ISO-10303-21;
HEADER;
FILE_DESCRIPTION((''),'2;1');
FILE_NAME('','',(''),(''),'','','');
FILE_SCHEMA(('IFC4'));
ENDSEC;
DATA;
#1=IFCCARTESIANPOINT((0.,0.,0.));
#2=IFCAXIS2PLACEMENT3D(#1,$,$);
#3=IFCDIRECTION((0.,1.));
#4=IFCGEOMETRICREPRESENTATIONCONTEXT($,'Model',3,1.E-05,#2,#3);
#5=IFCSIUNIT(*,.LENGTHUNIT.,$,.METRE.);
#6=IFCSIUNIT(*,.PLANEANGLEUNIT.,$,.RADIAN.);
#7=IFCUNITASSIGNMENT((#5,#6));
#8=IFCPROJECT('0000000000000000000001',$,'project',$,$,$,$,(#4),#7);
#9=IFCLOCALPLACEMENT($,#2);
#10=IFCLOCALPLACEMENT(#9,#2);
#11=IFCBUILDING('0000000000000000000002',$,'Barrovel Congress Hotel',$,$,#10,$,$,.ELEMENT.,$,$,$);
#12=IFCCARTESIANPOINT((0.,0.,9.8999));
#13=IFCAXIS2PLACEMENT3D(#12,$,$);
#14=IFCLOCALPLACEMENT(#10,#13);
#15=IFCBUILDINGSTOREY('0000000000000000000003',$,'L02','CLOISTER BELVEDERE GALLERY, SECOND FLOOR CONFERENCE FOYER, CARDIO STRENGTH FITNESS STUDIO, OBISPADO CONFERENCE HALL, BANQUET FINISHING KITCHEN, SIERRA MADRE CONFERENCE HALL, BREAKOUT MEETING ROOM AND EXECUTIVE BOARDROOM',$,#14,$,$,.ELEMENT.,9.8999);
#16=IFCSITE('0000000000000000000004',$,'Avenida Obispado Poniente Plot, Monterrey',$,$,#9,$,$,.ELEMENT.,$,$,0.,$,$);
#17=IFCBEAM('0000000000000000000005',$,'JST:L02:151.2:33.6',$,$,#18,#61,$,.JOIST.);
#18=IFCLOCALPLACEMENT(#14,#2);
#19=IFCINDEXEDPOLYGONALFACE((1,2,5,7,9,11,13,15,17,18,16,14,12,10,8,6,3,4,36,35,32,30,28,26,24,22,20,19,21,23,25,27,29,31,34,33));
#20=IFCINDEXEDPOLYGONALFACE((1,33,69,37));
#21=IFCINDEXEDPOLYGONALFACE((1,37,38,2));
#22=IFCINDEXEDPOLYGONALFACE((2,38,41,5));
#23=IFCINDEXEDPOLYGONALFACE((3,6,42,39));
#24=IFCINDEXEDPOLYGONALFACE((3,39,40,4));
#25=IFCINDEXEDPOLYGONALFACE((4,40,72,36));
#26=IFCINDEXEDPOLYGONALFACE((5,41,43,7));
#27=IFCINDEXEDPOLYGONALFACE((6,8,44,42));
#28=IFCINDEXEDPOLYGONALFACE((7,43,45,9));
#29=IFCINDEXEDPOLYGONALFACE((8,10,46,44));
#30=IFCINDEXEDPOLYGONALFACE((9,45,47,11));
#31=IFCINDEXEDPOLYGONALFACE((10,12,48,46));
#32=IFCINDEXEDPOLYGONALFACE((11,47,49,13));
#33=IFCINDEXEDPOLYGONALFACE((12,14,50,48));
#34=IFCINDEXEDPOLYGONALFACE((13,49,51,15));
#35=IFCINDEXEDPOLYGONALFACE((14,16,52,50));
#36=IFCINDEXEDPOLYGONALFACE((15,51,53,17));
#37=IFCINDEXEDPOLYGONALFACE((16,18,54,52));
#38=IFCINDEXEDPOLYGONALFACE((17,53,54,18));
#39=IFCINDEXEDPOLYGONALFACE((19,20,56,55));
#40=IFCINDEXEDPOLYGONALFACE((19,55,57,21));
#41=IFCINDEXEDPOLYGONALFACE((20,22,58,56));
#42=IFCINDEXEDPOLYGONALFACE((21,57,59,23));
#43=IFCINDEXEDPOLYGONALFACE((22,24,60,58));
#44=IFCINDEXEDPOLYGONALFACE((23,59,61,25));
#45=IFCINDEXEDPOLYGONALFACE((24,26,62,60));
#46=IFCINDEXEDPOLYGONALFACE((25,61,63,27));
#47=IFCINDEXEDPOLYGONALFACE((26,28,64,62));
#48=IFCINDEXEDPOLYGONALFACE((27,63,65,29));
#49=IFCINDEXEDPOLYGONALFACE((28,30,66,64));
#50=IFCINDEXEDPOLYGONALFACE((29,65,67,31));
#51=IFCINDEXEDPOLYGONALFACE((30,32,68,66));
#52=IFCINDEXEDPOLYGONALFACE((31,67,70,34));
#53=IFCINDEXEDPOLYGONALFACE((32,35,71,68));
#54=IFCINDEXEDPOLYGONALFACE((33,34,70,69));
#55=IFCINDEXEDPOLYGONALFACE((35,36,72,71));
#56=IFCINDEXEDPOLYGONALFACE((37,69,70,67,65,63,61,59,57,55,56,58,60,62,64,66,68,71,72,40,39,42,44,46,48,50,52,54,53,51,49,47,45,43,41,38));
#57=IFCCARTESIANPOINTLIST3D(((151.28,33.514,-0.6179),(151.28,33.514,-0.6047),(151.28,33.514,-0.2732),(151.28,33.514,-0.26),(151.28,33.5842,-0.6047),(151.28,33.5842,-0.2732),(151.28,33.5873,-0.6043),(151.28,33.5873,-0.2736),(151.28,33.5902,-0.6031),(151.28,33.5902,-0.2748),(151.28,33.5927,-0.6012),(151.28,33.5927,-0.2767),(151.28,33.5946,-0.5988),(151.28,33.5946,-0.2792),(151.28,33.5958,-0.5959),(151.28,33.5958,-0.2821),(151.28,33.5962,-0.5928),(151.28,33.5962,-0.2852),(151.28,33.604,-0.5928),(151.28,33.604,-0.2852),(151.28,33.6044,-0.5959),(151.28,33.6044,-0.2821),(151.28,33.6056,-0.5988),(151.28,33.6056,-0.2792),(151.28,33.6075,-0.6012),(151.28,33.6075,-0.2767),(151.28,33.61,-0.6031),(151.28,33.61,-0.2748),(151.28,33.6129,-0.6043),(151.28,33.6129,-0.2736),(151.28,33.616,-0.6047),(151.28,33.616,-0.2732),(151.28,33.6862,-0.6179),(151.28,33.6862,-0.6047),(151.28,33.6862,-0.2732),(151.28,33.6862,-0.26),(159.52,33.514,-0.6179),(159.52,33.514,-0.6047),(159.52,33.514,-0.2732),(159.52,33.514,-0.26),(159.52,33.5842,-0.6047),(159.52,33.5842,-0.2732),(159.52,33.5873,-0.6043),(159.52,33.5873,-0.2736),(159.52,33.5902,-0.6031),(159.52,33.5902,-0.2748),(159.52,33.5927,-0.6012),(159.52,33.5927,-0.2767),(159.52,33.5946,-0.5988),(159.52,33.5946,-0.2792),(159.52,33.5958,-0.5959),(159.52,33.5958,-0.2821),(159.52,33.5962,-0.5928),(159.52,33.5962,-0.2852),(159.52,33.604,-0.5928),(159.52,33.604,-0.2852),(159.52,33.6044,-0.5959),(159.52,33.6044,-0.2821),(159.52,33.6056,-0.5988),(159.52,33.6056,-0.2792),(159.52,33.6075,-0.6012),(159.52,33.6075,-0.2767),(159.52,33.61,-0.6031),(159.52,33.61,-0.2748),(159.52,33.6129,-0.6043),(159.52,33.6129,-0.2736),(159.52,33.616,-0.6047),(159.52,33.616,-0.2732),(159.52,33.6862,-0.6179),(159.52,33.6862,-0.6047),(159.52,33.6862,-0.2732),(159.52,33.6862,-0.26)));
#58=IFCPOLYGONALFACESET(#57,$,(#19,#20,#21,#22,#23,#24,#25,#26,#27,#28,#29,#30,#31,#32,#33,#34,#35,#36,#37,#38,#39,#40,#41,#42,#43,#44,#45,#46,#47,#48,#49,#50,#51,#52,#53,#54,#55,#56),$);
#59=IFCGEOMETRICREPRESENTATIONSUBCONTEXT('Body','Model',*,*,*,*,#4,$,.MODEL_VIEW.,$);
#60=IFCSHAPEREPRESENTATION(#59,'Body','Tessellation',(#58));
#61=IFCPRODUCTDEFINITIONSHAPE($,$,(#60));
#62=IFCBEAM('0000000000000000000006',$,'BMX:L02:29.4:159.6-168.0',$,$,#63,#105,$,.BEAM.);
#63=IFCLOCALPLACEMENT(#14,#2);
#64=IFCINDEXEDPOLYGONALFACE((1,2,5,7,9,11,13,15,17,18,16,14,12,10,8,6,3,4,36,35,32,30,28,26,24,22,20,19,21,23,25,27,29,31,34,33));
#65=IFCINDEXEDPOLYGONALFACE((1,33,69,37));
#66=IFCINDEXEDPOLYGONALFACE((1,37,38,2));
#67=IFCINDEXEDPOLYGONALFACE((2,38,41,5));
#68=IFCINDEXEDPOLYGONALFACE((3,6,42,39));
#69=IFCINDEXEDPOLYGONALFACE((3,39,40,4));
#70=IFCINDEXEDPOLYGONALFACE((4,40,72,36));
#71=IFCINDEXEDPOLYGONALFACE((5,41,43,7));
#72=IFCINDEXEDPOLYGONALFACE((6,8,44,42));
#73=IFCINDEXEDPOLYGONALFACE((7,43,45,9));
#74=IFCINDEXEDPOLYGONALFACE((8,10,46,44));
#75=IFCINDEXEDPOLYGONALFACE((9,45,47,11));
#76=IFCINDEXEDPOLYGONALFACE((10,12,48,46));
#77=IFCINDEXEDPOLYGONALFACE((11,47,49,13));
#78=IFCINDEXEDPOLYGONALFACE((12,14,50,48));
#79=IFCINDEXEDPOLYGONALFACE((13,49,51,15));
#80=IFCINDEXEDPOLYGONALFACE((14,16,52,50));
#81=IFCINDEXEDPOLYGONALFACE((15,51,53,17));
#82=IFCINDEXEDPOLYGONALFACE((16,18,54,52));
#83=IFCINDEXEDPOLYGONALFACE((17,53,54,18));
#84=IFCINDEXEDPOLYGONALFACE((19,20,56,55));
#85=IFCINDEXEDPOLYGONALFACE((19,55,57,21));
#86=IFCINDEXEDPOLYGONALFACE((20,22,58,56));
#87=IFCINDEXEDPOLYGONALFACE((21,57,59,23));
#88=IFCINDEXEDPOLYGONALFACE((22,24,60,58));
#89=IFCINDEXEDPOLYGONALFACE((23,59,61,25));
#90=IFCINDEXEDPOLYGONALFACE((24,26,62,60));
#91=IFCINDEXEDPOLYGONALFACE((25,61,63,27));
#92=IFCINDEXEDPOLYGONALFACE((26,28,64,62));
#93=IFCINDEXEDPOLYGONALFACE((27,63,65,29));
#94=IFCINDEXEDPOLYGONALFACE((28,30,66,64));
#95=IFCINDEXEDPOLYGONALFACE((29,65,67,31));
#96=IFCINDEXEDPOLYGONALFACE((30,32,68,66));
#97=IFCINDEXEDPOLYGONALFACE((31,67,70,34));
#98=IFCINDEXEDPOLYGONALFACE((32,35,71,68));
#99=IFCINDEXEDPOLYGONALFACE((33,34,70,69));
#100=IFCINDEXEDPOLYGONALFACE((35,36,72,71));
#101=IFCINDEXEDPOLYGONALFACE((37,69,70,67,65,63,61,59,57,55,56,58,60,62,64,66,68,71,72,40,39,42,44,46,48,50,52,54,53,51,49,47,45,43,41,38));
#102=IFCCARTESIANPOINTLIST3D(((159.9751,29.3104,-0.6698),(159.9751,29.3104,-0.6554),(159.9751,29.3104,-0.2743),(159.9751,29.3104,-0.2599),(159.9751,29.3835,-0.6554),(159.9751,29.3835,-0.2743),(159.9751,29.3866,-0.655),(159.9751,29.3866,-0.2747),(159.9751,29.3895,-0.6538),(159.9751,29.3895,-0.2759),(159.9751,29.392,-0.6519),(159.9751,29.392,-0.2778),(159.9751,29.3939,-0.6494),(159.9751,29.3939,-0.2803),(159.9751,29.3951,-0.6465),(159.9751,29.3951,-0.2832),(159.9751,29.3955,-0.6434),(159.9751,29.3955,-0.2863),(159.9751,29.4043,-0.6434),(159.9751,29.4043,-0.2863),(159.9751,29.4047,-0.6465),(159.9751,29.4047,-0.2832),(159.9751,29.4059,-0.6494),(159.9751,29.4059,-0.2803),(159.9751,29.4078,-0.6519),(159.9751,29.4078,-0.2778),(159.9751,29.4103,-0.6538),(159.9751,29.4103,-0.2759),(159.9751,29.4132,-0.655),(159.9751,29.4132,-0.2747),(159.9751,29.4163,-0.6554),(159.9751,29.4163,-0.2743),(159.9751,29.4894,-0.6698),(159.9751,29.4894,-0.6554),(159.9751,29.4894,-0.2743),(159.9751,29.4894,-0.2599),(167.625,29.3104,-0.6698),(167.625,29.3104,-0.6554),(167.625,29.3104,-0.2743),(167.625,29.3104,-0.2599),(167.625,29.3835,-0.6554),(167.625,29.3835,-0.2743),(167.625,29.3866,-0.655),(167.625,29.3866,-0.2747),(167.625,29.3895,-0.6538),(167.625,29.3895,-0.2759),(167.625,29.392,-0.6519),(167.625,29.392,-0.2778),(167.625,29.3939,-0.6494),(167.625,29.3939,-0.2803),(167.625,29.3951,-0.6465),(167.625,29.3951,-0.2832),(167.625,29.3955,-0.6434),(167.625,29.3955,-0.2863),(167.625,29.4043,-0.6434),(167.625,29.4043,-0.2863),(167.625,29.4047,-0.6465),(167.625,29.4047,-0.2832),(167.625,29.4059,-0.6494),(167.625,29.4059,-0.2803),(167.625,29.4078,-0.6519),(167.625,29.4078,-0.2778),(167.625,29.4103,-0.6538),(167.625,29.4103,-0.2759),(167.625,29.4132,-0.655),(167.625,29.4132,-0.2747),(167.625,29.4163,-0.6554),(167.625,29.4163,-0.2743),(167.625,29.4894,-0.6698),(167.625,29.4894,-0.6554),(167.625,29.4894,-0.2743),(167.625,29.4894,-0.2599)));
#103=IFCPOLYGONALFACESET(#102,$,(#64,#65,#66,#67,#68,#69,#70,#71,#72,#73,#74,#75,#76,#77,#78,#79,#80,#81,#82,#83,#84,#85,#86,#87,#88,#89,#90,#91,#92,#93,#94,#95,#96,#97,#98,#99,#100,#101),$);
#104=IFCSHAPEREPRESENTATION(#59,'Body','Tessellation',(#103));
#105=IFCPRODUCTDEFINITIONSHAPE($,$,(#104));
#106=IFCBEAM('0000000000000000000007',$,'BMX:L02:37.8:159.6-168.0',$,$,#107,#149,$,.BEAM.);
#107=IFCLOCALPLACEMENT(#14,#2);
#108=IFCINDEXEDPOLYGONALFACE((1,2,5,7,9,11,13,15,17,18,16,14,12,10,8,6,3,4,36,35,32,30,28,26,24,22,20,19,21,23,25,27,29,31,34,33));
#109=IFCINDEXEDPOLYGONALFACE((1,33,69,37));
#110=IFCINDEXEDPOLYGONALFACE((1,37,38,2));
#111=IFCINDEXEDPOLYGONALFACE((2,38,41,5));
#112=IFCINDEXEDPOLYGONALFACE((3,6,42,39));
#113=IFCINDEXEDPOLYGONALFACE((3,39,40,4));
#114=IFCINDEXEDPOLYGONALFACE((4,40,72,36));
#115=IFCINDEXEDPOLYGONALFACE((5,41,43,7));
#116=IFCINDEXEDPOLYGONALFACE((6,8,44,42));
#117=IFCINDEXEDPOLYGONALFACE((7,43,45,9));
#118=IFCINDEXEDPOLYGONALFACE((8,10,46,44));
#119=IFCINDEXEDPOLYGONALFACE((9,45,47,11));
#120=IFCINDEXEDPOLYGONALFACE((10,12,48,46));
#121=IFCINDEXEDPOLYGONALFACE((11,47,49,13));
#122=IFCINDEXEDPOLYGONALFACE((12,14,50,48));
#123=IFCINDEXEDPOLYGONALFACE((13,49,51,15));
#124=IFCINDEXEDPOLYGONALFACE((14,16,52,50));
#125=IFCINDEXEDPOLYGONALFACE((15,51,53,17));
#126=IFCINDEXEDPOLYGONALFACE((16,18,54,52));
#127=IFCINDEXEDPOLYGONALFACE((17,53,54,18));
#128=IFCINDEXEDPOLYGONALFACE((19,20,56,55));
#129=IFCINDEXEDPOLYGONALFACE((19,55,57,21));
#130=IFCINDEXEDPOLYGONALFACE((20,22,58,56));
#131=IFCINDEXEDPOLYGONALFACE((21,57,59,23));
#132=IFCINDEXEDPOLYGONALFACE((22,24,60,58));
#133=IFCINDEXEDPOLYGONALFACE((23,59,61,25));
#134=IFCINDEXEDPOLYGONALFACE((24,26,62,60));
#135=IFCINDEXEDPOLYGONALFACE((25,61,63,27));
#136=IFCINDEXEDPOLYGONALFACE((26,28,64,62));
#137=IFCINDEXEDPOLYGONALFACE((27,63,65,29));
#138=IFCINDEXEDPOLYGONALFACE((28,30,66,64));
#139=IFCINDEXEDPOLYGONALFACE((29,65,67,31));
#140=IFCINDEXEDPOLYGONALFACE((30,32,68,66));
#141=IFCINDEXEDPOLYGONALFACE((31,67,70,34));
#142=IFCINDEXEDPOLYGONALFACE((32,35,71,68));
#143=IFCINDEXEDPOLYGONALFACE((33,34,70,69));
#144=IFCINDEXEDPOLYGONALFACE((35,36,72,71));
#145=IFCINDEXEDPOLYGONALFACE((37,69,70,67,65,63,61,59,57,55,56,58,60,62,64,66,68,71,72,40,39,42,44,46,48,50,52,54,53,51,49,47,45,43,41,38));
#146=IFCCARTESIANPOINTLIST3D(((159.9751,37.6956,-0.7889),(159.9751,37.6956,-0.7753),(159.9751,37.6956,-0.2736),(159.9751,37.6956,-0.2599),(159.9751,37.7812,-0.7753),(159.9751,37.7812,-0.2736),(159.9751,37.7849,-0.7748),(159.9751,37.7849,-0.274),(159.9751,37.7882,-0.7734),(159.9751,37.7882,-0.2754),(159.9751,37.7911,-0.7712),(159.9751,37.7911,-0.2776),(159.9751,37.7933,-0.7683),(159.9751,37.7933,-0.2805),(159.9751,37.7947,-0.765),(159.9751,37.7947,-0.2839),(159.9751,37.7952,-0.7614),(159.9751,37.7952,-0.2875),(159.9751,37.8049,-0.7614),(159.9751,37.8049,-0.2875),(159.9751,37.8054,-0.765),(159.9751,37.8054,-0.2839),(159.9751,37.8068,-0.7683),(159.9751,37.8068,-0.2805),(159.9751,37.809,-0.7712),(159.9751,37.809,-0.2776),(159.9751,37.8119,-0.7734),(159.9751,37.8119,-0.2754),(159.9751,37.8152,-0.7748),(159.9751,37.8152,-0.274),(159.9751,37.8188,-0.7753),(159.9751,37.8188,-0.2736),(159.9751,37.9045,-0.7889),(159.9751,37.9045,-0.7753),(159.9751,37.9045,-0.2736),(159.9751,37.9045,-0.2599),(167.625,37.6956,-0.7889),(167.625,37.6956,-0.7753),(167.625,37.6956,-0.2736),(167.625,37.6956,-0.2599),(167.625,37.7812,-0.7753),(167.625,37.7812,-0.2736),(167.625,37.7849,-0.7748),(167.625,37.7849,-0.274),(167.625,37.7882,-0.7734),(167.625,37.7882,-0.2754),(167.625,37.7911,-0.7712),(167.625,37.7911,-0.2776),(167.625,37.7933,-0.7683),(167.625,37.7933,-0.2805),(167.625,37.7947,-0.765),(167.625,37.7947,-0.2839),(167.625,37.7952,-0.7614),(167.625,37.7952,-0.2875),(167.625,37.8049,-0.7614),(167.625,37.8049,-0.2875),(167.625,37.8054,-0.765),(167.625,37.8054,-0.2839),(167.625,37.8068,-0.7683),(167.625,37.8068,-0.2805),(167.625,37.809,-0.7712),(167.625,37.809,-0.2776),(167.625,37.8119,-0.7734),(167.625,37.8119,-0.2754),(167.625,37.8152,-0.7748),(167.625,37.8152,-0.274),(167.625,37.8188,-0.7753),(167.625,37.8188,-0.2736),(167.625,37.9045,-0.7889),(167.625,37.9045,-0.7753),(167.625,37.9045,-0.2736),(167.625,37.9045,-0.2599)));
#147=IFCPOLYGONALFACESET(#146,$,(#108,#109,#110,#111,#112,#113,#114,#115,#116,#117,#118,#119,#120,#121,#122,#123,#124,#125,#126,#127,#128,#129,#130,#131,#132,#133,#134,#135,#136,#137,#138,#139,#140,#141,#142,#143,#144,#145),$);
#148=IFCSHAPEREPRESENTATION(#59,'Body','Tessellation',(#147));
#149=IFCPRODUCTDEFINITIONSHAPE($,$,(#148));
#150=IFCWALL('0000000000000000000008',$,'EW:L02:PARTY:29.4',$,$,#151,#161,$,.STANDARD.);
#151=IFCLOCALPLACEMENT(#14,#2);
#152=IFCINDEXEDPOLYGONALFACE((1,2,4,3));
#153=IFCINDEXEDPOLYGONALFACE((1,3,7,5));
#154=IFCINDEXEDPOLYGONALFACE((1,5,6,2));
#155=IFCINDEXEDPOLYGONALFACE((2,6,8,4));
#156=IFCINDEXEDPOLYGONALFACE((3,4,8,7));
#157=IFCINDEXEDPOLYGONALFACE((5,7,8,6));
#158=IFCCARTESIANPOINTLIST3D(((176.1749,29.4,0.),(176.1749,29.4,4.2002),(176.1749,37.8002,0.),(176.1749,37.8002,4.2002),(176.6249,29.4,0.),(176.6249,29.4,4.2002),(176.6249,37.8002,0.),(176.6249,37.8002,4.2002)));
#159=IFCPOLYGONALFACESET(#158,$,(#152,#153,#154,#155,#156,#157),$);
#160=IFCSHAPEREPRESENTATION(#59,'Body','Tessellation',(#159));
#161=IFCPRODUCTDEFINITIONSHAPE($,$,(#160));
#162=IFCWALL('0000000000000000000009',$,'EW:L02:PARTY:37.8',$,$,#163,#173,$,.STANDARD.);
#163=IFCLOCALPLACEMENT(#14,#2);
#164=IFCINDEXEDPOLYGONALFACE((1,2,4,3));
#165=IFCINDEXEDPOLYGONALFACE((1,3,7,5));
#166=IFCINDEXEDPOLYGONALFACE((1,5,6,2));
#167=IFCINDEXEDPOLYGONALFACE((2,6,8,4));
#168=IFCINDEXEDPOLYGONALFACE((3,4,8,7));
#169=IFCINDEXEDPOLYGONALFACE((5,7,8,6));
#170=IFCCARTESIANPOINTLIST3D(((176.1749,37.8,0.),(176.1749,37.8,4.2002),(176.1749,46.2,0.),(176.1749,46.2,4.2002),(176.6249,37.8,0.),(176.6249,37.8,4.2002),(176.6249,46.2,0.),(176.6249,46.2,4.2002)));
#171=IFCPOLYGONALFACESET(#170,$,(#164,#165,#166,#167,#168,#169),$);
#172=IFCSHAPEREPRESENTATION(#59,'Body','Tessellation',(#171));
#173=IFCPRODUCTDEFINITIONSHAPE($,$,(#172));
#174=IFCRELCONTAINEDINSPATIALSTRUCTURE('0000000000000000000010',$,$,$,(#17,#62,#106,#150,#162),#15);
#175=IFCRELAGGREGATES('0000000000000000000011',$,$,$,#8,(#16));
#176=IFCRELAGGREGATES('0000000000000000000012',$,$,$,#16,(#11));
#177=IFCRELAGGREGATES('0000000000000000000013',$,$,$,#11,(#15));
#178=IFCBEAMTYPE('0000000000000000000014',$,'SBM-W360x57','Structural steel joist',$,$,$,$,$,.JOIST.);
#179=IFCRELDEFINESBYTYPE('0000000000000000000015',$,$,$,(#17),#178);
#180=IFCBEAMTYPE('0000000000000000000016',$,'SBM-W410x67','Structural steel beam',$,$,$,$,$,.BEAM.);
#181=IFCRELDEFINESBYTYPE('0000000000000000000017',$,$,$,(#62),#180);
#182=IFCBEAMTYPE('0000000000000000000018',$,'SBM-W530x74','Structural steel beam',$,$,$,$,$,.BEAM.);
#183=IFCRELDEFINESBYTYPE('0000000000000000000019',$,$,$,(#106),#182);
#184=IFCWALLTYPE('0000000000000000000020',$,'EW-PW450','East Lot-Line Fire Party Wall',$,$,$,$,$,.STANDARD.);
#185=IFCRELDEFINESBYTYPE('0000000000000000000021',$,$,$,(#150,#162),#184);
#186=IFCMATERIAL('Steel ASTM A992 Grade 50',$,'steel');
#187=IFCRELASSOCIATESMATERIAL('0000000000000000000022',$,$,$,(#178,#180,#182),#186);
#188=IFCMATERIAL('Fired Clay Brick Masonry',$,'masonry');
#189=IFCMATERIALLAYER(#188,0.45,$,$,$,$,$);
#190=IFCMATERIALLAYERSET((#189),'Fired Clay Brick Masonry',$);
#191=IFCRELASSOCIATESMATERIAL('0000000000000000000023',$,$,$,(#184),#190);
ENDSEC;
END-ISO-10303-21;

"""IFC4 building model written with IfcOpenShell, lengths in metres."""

from ifc_helpers import new_model, si_unit, direction, frame, frame_2d, origin, origin_2d, place, context, subcontext, project, spatial, rectangle, i_section, extrude, material, layer, layer_set, material_profile, profile_set, type_object, element, save


model = new_model("IFC4")

# Units and contexts
model_context = context("Model", 3, precision=1e-05, world=origin(), true_north=direction((0.0, 1.0)))
body_context = subcontext(model_context, "Body", "Model", "MODEL_VIEW")
ifc_project = project(units=[si_unit("LENGTHUNIT", "METRE"), si_unit("PLANEANGLEUNIT", "RADIAN")], contexts=[model_context])

# Site, building, storey
site_placement = place(None, origin())
site = spatial("IfcSite", under=ifc_project, at=site_placement, Name="Avenida Obispado Poniente Plot, Monterrey", CompositionType="ELEMENT", RefElevation=0.0)
building_placement = place(site_placement, origin())
building = spatial("IfcBuilding", under=site, at=building_placement, Name="Barrovel Congress Hotel", CompositionType="ELEMENT")
storey_placement = place(building_placement, frame((0.0, 0.0, 9.8999)))
storey = spatial("IfcBuildingStorey", under=building, at=storey_placement, Name="L02", Description="CLOISTER BELVEDERE GALLERY, SECOND FLOOR CONFERENCE FOYER, CARDIO STRENGTH FITNESS STUDIO, OBISPADO CONFERENCE HALL, BANQUET FINISHING KITCHEN, SIERRA MADRE CONFERENCE HALL, BREAKOUT MEETING ROOM AND EXECUTIVE BOARDROOM", CompositionType="ELEMENT", Elevation=9.8999)

# Beams
ifc_material_1 = material(Name="Steel ASTM A992 Grade 50", Category="steel")
ifc_material_profile_1 = material_profile(ifc_material_1, i_section(OverallWidth=0.1721, OverallDepth=0.3579, WebThickness=0.0078, FlangeThickness=0.0132, FilletRadius=0.012, at=origin_2d()), Name="W360x57")
ifc_profile_set_1 = profile_set([ifc_material_profile_1], Name="Steel ASTM A992 Grade 50")
beam_type_1 = type_object("IfcBeamType", Name="SBM-W360x57", Description="Structural steel joist", PredefinedType="JOIST", material=ifc_profile_set_1)
beam_1_placement = place(storey_placement, frame((151.28, 33.6001, -0.439), z_axis=(1.0, 0.0, 0.0), x_axis=(0.0, 1.0, 0.0)))
element("IfcBeam", 1, at=beam_1_placement, inside=storey, type_object=beam_type_1, Name="JST:L02:151.2:33.6", PredefinedType="JOIST", context=body_context, shape_type="SweptSolid", body=[
    extrude(i_section(OverallWidth=0.1721, OverallDepth=0.3579, WebThickness=0.0078, FlangeThickness=0.0132, FilletRadius=0.012, at=origin_2d()), origin(), (0.0, 0.0, 1.0), 8.24),
])
ifc_material_profile_2 = material_profile(ifc_material_1, i_section(OverallWidth=0.179, OverallDepth=0.4099, WebThickness=0.0088, FlangeThickness=0.0144, FilletRadius=0.012, at=origin_2d()), Name="W410x67")
ifc_profile_set_2 = profile_set([ifc_material_profile_2], Name="Steel ASTM A992 Grade 50")
beam_type_2 = type_object("IfcBeamType", Name="SBM-W410x67", Description="Structural steel beam", PredefinedType="BEAM", material=ifc_profile_set_2)
beam_2_placement = place(storey_placement, frame((159.9751, 29.3999, -0.4648), z_axis=(1.0, 0.0, 0.0), x_axis=(0.0, 1.0, 0.0)))
element("IfcBeam", 2, at=beam_2_placement, inside=storey, type_object=beam_type_2, Name="BMX:L02:29.4:159.6-168.0", PredefinedType="BEAM", context=body_context, shape_type="SweptSolid", body=[
    extrude(i_section(OverallWidth=0.179, OverallDepth=0.4099, WebThickness=0.0088, FlangeThickness=0.0144, FilletRadius=0.012, at=origin_2d()), origin(), (0.0, 0.0, 1.0), 7.6499),
])
ifc_material_profile_3 = material_profile(ifc_material_1, i_section(OverallWidth=0.209, OverallDepth=0.5291, WebThickness=0.0098, FlangeThickness=0.0137, FilletRadius=0.0139, at=origin_2d()), Name="W530x74")
ifc_profile_set_3 = profile_set([ifc_material_profile_3], Name="Steel ASTM A992 Grade 50")
beam_type_3 = type_object("IfcBeamType", Name="SBM-W530x74", Description="Structural steel beam", PredefinedType="BEAM", material=ifc_profile_set_3)
beam_3_placement = place(storey_placement, frame((159.9751, 37.8, -0.5244), z_axis=(1.0, 0.0, 0.0), x_axis=(0.0, 1.0, 0.0)))
element("IfcBeam", 3, at=beam_3_placement, inside=storey, type_object=beam_type_3, Name="BMX:L02:37.8:159.6-168.0", PredefinedType="BEAM", context=body_context, shape_type="SweptSolid", body=[
    extrude(i_section(OverallWidth=0.209, OverallDepth=0.5291, WebThickness=0.0098, FlangeThickness=0.0137, FilletRadius=0.0139, at=origin_2d()), origin(), (0.0, 0.0, 1.0), 7.6499),
])

# Walls
ifc_material_2 = material(Name="Fired Clay Brick Masonry", Category="masonry")
ifc_layer = layer(ifc_material_2, 0.45)
ifc_layer_set = layer_set([ifc_layer], Name="Fired Clay Brick Masonry")
wall_type = type_object("IfcWallType", Name="EW-PW450", Description="East Lot-Line Fire Party Wall", PredefinedType="STANDARD", material=ifc_layer_set)
wall_1_placement = place(storey_placement, frame((176.3999, 29.3999, 0.0), z_axis=(0.0, 0.0, 1.0), x_axis=(0.0, 1.0, 0.0)))
element("IfcWall", 4, at=wall_1_placement, inside=storey, type_object=wall_type, Name="EW:L02:PARTY:29.4", PredefinedType="STANDARD", context=body_context, shape_type="SweptSolid", body=[
    extrude(rectangle(XDim=8.4001, YDim=0.45, at=frame_2d((4.2002, 0.0))), origin(), (0.0, 0.0, 1.0), 4.2002),
])
wall_2_placement = place(storey_placement, frame((176.3999, 37.8, 0.0), z_axis=(0.0, 0.0, 1.0), x_axis=(0.0, 1.0, 0.0)))
element("IfcWall", 5, at=wall_2_placement, inside=storey, type_object=wall_type, Name="EW:L02:PARTY:37.8", PredefinedType="STANDARD", context=body_context, shape_type="SweptSolid", body=[
    extrude(rectangle(XDim=8.3999, YDim=0.45, at=frame_2d((4.2, 0.0))), origin(), (0.0, 0.0, 1.0), 4.2002),
])

save(model, "model.ifc")
